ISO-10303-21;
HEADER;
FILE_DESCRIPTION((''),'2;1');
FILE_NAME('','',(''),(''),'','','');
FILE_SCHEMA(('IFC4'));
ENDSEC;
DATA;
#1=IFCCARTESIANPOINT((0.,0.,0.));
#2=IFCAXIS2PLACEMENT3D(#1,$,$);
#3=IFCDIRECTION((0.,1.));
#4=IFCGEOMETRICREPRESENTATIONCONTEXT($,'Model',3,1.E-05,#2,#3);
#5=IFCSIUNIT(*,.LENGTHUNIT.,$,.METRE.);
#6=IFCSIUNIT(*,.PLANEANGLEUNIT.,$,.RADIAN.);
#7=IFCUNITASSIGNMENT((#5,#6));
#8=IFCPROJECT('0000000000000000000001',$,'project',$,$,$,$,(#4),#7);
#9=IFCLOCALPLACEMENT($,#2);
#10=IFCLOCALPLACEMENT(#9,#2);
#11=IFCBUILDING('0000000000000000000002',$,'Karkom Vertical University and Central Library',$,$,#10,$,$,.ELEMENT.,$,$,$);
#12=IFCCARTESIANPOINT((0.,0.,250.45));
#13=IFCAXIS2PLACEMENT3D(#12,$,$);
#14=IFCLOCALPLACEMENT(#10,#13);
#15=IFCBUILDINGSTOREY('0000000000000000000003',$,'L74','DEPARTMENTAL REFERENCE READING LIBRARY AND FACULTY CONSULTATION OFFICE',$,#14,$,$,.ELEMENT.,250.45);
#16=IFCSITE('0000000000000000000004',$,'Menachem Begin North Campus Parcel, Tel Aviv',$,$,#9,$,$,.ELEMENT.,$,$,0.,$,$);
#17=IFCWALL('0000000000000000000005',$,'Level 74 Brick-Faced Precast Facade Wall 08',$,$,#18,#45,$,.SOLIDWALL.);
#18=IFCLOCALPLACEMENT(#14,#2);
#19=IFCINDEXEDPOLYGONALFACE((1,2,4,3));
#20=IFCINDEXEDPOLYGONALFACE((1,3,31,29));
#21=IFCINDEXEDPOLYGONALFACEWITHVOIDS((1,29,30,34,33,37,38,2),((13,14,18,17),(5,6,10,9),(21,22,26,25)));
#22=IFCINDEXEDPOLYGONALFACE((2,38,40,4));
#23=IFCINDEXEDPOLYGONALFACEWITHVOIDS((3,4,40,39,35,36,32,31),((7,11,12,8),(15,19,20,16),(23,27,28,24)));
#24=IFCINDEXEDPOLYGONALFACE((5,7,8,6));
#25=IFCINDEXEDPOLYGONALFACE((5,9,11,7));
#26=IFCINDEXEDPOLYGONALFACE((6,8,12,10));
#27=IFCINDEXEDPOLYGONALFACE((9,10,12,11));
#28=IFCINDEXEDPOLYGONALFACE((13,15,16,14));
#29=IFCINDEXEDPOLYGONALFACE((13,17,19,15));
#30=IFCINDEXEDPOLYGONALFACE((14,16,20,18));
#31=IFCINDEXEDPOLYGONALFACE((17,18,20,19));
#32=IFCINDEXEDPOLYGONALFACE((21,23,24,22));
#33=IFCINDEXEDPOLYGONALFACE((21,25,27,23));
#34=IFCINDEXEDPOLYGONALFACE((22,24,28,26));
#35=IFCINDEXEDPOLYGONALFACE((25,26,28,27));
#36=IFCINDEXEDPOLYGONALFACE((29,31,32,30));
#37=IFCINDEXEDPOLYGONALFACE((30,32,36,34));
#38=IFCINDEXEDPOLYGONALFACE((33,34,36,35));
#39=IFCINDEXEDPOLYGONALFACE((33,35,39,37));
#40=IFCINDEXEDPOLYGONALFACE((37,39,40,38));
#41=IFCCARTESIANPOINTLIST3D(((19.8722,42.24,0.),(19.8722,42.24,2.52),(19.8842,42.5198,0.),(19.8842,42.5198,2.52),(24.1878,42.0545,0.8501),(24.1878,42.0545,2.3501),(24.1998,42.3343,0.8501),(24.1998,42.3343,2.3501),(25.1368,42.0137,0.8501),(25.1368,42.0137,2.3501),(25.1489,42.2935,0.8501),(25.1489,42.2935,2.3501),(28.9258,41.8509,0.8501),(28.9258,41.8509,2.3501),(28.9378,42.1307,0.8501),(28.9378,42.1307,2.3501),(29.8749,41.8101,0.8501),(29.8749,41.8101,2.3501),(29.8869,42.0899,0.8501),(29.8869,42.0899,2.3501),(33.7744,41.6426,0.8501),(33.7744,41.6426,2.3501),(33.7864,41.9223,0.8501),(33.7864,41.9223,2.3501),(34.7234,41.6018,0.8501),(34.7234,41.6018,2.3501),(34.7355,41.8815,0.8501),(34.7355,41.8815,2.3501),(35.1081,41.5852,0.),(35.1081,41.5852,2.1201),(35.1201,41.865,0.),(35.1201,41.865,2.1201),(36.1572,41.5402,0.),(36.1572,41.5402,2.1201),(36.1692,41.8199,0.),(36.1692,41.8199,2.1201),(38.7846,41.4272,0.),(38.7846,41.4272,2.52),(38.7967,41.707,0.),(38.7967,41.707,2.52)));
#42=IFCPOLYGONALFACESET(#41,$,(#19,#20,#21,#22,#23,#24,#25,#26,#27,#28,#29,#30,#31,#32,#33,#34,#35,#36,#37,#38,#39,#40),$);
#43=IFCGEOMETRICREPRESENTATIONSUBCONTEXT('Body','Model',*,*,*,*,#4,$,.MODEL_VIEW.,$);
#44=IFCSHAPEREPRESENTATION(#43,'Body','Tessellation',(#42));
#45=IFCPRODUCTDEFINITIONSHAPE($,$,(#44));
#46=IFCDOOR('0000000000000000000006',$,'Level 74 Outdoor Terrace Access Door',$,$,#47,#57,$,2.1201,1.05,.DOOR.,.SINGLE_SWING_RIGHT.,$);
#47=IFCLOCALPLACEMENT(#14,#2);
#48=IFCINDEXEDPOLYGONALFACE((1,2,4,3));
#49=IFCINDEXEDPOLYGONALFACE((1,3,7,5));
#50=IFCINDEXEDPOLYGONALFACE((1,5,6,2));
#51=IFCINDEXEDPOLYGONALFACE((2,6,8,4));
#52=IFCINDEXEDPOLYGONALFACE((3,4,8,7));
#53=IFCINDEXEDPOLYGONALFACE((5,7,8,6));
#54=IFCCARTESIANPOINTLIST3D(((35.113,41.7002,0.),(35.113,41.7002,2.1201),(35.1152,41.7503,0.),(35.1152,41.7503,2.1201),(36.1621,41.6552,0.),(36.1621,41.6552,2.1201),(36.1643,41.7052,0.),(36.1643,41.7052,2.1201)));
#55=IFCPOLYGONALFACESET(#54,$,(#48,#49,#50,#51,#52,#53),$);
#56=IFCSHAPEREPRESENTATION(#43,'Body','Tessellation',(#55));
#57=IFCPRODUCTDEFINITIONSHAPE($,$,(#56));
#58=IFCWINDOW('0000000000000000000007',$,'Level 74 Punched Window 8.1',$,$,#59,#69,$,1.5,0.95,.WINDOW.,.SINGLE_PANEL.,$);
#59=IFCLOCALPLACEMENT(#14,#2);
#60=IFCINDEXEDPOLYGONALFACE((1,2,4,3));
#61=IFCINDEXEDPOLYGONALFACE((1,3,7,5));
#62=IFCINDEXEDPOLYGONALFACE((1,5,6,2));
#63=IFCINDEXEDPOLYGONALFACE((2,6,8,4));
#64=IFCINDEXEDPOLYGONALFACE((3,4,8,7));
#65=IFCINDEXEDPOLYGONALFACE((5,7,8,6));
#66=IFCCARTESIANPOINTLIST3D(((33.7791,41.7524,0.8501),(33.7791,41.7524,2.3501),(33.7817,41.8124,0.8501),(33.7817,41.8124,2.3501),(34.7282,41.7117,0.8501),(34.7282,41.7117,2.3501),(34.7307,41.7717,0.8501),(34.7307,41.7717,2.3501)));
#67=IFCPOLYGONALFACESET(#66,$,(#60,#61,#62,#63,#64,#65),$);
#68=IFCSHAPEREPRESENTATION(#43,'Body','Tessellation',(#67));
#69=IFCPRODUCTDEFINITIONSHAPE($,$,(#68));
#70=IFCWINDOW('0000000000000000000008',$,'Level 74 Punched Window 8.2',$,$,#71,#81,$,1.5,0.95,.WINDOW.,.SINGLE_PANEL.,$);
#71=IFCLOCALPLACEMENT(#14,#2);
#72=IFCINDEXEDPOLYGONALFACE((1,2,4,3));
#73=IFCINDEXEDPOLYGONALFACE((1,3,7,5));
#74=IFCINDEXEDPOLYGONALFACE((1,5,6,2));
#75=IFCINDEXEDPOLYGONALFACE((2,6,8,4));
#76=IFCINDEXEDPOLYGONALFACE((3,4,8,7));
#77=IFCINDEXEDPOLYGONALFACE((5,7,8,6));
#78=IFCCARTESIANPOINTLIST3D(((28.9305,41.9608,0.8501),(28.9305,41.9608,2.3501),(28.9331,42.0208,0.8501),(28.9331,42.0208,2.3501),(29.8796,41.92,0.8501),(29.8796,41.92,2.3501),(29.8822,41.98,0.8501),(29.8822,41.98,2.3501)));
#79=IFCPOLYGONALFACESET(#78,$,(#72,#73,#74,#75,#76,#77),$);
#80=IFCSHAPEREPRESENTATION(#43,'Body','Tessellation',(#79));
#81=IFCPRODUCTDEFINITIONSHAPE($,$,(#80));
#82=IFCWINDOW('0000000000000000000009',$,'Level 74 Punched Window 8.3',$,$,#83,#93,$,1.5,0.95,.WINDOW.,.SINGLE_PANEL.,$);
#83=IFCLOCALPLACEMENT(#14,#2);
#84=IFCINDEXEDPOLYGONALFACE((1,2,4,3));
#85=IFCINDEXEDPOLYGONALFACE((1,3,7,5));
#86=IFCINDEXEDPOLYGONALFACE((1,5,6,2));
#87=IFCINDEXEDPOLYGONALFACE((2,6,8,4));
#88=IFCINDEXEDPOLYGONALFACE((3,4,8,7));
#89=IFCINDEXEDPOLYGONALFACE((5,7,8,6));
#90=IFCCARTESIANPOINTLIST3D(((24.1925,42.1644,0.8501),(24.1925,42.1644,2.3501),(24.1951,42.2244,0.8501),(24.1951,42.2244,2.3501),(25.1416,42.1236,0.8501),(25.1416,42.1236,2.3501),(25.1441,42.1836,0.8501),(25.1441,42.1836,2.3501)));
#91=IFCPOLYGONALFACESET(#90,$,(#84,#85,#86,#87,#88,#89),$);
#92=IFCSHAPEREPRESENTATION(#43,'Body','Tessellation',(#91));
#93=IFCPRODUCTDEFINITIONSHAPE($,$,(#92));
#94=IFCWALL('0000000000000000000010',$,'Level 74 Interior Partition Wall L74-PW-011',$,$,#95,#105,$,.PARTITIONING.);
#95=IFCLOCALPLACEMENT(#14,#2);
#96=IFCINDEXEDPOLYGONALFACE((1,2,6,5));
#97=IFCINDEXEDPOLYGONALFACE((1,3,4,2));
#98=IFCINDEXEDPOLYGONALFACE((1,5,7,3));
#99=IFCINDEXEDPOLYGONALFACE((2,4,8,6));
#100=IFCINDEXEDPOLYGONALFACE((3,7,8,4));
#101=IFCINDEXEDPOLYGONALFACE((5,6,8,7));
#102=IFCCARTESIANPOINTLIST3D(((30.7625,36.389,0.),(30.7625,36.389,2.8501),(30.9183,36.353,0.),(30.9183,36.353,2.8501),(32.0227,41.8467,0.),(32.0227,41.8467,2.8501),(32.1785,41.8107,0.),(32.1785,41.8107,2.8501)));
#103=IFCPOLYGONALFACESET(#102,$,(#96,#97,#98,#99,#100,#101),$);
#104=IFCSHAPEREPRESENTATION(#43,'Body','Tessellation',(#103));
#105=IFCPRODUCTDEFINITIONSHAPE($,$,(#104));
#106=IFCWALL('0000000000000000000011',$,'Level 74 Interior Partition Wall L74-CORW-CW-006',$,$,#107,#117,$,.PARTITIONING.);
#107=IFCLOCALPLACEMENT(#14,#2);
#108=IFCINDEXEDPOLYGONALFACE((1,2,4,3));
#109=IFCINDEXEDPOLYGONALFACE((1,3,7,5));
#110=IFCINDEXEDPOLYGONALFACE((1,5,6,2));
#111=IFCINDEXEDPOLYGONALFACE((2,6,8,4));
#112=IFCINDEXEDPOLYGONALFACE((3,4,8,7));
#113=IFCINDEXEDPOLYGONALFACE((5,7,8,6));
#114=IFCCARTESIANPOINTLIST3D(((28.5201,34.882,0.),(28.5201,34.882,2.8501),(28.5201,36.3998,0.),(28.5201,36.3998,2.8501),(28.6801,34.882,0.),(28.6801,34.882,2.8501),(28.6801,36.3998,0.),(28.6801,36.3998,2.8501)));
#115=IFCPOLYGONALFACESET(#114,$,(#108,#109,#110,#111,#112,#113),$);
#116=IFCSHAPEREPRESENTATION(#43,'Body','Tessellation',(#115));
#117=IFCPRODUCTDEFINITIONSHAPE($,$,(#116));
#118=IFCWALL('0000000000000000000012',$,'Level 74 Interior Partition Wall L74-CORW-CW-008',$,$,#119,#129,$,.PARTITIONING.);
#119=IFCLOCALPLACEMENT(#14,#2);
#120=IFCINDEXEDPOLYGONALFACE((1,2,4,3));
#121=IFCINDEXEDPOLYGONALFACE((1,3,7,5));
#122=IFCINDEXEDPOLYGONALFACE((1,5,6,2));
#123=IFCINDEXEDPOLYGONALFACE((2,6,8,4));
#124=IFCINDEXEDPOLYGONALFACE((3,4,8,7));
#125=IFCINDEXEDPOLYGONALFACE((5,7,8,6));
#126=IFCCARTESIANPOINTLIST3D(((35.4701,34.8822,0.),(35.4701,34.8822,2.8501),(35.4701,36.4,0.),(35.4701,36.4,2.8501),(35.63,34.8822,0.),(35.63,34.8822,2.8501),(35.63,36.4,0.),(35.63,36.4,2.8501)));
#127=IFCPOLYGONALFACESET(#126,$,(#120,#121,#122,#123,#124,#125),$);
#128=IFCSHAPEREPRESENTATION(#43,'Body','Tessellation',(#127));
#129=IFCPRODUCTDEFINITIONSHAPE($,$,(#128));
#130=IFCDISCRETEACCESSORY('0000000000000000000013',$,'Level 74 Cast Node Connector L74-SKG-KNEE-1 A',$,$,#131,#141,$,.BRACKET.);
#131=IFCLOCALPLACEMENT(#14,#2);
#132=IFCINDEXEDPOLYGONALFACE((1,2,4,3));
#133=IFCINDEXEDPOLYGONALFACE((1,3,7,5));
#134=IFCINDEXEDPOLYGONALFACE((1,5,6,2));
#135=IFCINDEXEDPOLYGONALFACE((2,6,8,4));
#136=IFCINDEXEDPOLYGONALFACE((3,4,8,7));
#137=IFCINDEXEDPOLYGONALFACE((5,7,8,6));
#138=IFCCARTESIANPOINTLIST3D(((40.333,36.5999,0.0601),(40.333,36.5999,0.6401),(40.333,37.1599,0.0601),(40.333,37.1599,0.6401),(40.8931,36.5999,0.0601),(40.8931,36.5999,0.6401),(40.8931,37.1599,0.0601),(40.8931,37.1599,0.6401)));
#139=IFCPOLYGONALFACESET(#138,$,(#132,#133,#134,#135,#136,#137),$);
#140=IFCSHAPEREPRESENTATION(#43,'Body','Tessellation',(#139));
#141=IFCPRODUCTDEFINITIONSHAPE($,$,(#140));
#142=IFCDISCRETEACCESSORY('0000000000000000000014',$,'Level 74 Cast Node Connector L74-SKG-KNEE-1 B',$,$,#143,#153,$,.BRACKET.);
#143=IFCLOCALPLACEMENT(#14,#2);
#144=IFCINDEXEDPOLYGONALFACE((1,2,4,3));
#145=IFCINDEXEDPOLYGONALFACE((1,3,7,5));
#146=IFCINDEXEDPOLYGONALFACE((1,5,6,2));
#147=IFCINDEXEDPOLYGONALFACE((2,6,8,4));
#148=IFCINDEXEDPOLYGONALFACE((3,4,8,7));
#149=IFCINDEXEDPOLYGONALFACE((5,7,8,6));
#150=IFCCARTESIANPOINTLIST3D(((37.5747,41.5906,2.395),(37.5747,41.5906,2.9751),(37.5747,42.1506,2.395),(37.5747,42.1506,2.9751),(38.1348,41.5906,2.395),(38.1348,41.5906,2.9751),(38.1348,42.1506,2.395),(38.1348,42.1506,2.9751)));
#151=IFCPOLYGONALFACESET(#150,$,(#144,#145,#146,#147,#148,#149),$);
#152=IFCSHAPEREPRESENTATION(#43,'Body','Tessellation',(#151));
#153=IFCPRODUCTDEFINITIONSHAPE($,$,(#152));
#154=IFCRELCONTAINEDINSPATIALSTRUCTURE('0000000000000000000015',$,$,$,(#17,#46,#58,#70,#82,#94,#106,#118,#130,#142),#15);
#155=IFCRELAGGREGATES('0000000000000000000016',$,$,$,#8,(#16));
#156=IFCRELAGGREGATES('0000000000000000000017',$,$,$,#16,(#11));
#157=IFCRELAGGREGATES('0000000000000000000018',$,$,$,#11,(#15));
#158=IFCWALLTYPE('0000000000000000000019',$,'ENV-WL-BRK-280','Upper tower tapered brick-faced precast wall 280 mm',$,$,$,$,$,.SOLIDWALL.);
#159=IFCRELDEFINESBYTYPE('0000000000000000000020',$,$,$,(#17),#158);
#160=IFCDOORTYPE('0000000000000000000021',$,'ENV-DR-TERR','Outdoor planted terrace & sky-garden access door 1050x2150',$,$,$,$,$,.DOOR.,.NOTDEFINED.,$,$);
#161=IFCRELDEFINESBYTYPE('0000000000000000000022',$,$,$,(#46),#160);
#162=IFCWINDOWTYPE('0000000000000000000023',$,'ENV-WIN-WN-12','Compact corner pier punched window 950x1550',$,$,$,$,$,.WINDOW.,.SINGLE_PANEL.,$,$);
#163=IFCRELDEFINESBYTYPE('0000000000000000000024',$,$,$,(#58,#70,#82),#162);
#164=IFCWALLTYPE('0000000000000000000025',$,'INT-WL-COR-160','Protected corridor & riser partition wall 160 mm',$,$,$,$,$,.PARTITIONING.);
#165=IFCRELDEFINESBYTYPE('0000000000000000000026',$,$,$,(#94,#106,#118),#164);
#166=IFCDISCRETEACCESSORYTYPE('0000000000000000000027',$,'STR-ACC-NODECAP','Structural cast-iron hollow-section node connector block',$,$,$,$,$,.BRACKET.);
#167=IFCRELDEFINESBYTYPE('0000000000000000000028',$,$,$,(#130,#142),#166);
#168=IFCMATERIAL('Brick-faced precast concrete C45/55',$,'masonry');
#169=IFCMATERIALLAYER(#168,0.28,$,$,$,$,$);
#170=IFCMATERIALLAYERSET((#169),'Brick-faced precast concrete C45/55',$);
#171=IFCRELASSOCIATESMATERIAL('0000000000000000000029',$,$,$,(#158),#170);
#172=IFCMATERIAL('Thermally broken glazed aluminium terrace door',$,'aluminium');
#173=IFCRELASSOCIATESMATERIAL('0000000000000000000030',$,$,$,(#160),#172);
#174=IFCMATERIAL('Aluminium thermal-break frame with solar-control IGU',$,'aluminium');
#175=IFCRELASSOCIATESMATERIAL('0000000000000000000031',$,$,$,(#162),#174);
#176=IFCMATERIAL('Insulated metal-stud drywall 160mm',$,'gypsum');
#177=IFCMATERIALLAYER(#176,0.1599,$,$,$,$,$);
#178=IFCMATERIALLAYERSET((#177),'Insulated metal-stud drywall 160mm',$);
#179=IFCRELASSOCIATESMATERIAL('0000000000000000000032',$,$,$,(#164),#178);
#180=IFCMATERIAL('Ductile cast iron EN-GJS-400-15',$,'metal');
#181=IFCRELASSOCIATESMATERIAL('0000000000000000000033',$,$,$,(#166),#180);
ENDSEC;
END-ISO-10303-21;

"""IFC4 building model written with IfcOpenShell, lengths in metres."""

from ifc_helpers import new_model, si_unit, direction, frame, frame_2d, origin, origin_with_axes, origin_2d, place, context, subcontext, project, spatial, rectangle, extrude, source, transform, mapped, material, layer, layer_set, type_object, element, fill, save


model = new_model("IFC4")

# Units and contexts
model_context = context("Model", 3, precision=1e-05, world=origin(), true_north=direction((0.0, 1.0)))
body_context = subcontext(model_context, "Body", "Model", "MODEL_VIEW")
ifc_project = project(units=[si_unit("LENGTHUNIT", "METRE"), si_unit("PLANEANGLEUNIT", "RADIAN")], contexts=[model_context])

# Site, building, storey
site_placement = place(None, origin())
site = spatial("IfcSite", under=ifc_project, at=site_placement, Name="Menachem Begin North Campus Parcel, Tel Aviv", CompositionType="ELEMENT", RefElevation=0.0)
building_placement = place(site_placement, origin())
building = spatial("IfcBuilding", under=site, at=building_placement, Name="Karkom Vertical University and Central Library", CompositionType="ELEMENT")
storey_placement = place(building_placement, frame((0.0, 0.0, 250.45)))
storey = spatial("IfcBuildingStorey", under=building, at=storey_placement, Name="L74", Description="DEPARTMENTAL REFERENCE READING LIBRARY AND FACULTY CONSULTATION OFFICE", CompositionType="ELEMENT", Elevation=250.45)

# Shared definitions
ifc_material_1 = material(Name="Brick-faced precast concrete C45/55", Category="masonry")
ifc_layer_1 = layer(ifc_material_1, 0.28)
ifc_layer_set_1 = layer_set([ifc_layer_1], Name="Brick-faced precast concrete C45/55")
wall_type_1 = type_object("IfcWallType", Name="ENV-WL-BRK-280", Description="Upper tower tapered brick-faced precast wall 280 mm", PredefinedType="SOLIDWALL", material=ifc_layer_set_1)

# Wall, openings, door, windows
wall_1_placement = place(storey_placement, frame((38.7905, 41.5671, 0.0), z_axis=(0.0, 0.0, 1.0), x_axis=(-0.999078, 0.042934, 0.0)))
wall_1 = element("IfcWall", 1, at=wall_1_placement, inside=storey, type_object=wall_type_1, Name="Level 74 Brick-Faced Precast Facade Wall 08", PredefinedType="SOLIDWALL", context=body_context, shape_type="SweptSolid", body=[
    extrude(rectangle(XDim=18.9299, YDim=0.28, at=frame_2d((9.4648, 0.0))), origin(), (0.0, 0.0, 1.0), 2.52),
])
opening_1_placement = place(wall_1_placement, frame((4.0647, 0.0, 0.8501)))
opening_1 = element("IfcOpeningElement", 2, at=opening_1_placement, cuts=wall_1, PredefinedType="OPENING", context=body_context, shape_type="SweptSolid", body=[
    extrude(rectangle(XDim=0.95, YDim=1.5, at=frame_2d((0.4751, 0.75))), frame((0.0, 0.1499, 0.0), z_axis=(0.0, -1.0, 0.0), x_axis=(1.0, 0.0, 0.0)), (0.0, 0.0, 1.0), 0.3),
])
opening_2_placement = place(wall_1_placement, frame((8.9177, 0.0, 0.8501)))
opening_2 = element("IfcOpeningElement", 3, at=opening_2_placement, cuts=wall_1, PredefinedType="OPENING", context=body_context, shape_type="SweptSolid", body=[
    extrude(rectangle(XDim=0.95, YDim=1.5, at=frame_2d((0.4751, 0.75))), frame((0.0, 0.1499, 0.0), z_axis=(0.0, -1.0, 0.0), x_axis=(1.0, 0.0, 0.0)), (0.0, 0.0, 1.0), 0.3),
])
opening_3_placement = place(wall_1_placement, frame((13.6602, 0.0, 0.8501)))
opening_3 = element("IfcOpeningElement", 4, at=opening_3_placement, cuts=wall_1, PredefinedType="OPENING", context=body_context, shape_type="SweptSolid", body=[
    extrude(rectangle(XDim=0.95, YDim=1.5, at=frame_2d((0.4751, 0.75))), frame((0.0, 0.1499, 0.0), z_axis=(0.0, -1.0, 0.0), x_axis=(1.0, 0.0, 0.0)), (0.0, 0.0, 1.0), 0.3),
])
opening_4_placement = place(wall_1_placement, frame((2.6299, 0.0, 0.0)))
opening_4 = element("IfcOpeningElement", 5, at=opening_4_placement, cuts=wall_1, PredefinedType="OPENING", context=body_context, shape_type="SweptSolid", body=[
    extrude(rectangle(XDim=1.05, YDim=2.1201, at=frame_2d((0.5249, 1.0601))), frame((0.0, 0.1499, 0.0), z_axis=(0.0, -1.0, 0.0), x_axis=(1.0, 0.0, 0.0)), (0.0, 0.0, 1.0), 0.3),
])
ifc_material_2 = material(Name="Thermally broken glazed aluminium terrace door", Category="aluminium")
door_type_1 = type_object("IfcDoorType", Name="ENV-DR-TERR", Description="Outdoor planted terrace & sky-garden access door 1050x2150", OperationType="NOTDEFINED", PredefinedType="DOOR", material=ifc_material_2)
shared_shape_1 = source(origin_with_axes(), body_context, "Body", "SweptSolid", [
    extrude(rectangle(XDim=1.05, YDim=2.1201, at=frame_2d((0.5249, 1.0601))), frame((0.0, 0.0249, 0.0), z_axis=(0.0, -1.0, 0.0), x_axis=(1.0, 0.0, 0.0)), (0.0, 0.0, 1.0), 0.05),
])
door_1_placement = place(opening_4_placement, origin())
door_1 = element("IfcDoor", 6, at=door_1_placement, inside=storey, type_object=door_type_1, Name="Level 74 Outdoor Terrace Access Door", OperationType="SINGLE_SWING_RIGHT", OverallHeight=2.1201, OverallWidth=1.05, PredefinedType="DOOR", context=body_context, shape_type="MappedRepresentation", body=[
    mapped(shared_shape_1, transform((0.0, 0.0, 0.0), scale=1.0)),
])
fill(opening_4, door_1)
ifc_material_3 = material(Name="Aluminium thermal-break frame with solar-control IGU", Category="aluminium")
window_type = type_object("IfcWindowType", Name="ENV-WIN-WN-12", Description="Compact corner pier punched window 950x1550", PartitioningType="SINGLE_PANEL", PredefinedType="WINDOW", material=ifc_material_3)
shared_shape_2 = source(origin_with_axes(), body_context, "Body", "SweptSolid", [
    extrude(rectangle(XDim=0.95, YDim=1.5, at=frame_2d((0.4751, 0.75))), frame((0.0, 0.03, 0.0), z_axis=(0.0, -1.0, 0.0), x_axis=(1.0, 0.0, 0.0)), (0.0, 0.0, 1.0), 0.0601),
])
window_1_placement = place(opening_1_placement, origin())
window_1 = element("IfcWindow", 7, at=window_1_placement, inside=storey, type_object=window_type, Name="Level 74 Punched Window 8.1", OverallHeight=1.5, OverallWidth=0.95, PartitioningType="SINGLE_PANEL", PredefinedType="WINDOW", context=body_context, shape_type="MappedRepresentation", body=[
    mapped(shared_shape_2, transform((0.0, 0.0, 0.0), scale=1.0)),
])
fill(opening_1, window_1)
window_2_placement = place(opening_2_placement, origin())
window_2 = element("IfcWindow", 8, at=window_2_placement, inside=storey, type_object=window_type, Name="Level 74 Punched Window 8.2", OverallHeight=1.5, OverallWidth=0.95, PartitioningType="SINGLE_PANEL", PredefinedType="WINDOW", context=body_context, shape_type="MappedRepresentation", body=[
    mapped(shared_shape_2, transform((0.0, 0.0, 0.0), scale=1.0)),
])
fill(opening_2, window_2)
window_3_placement = place(opening_3_placement, origin())
window_3 = element("IfcWindow", 9, at=window_3_placement, inside=storey, type_object=window_type, Name="Level 74 Punched Window 8.3", OverallHeight=1.5, OverallWidth=0.95, PartitioningType="SINGLE_PANEL", PredefinedType="WINDOW", context=body_context, shape_type="MappedRepresentation", body=[
    mapped(shared_shape_2, transform((0.0, 0.0, 0.0), scale=1.0)),
])
fill(opening_3, window_3)

# Shared definitions
ifc_material_4 = material(Name="Insulated metal-stud drywall 160mm", Category="gypsum")
ifc_layer_2 = layer(ifc_material_4, 0.1599)
ifc_layer_set_2 = layer_set([ifc_layer_2], Name="Insulated metal-stud drywall 160mm")
wall_type_2 = type_object("IfcWallType", Name="INT-WL-COR-160", Description="Protected corridor & riser partition wall 160 mm", PredefinedType="PARTITIONING", material=ifc_layer_set_2)

# Walls
wall_2_placement = place(storey_placement, frame((30.8403, 36.3708, 0.0), z_axis=(0.0, 0.0, 1.0), x_axis=(0.22499, 0.974361, 0.0)))
element("IfcWall", 10, at=wall_2_placement, inside=storey, type_object=wall_type_2, Name="Level 74 Interior Partition Wall L74-PW-011", PredefinedType="PARTITIONING", context=body_context, shape_type="SweptSolid", body=[
    extrude(rectangle(XDim=5.6013, YDim=0.1599, at=frame_2d((2.8008, 0.0))), origin(), (0.0, 0.0, 1.0), 2.8501),
])
for number, where, z_axis, x_axis, name in (
    (11, (28.6001, 34.8821, 0.0), (0.0, 0.0, 1.0), (0.0, 1.0, 0.0), "Level 74 Interior Partition Wall L74-CORW-CW-006"),
    (12, (35.55, 36.3999, 0.0), (0.0, 0.0, 1.0), (0.0, -1.0, 0.0), "Level 74 Interior Partition Wall L74-CORW-CW-008"),
):
    element("IfcWall", number, at=place(storey_placement, frame(where, z_axis=z_axis, x_axis=x_axis)), inside=storey, type_object=wall_type_2, Name=name, PredefinedType="PARTITIONING", context=body_context, shape_type="SweptSolid", body=[
        extrude(rectangle(XDim=1.5178, YDim=0.1599, at=frame_2d((0.7588, 0.0))), origin(), (0.0, 0.0, 1.0), 2.8501),
    ])

# Discrete accessories
ifc_material_5 = material(Name="Ductile cast iron EN-GJS-400-15", Category="metal")
discrete_accessory_type = type_object("IfcDiscreteAccessoryType", Name="STR-ACC-NODECAP", Description="Structural cast-iron hollow-section node connector block", PredefinedType="BRACKET", material=ifc_material_5)
shared_shape_3 = source(origin_with_axes(), body_context, "Body", "SweptSolid", [
    extrude(rectangle(XDim=0.5601, YDim=0.5601, at=origin_2d()), origin(), (0.0, 0.0, 1.0), 0.5801),
])
for number, where, z_axis, x_axis, name in (
    (13, (40.613, 36.8799, 0.0601), (0.0, 0.0, 1.0), (1.0, 0.0, 0.0), "Level 74 Cast Node Connector L74-SKG-KNEE-1 A"),
    (14, (37.8547, 41.8706, 2.395), (0.0, 0.0, 1.0), (1.0, 0.0, 0.0), "Level 74 Cast Node Connector L74-SKG-KNEE-1 B"),
):
    element("IfcDiscreteAccessory", number, at=place(storey_placement, frame(where, z_axis=z_axis, x_axis=x_axis)), inside=storey, type_object=discrete_accessory_type, Name=name, PredefinedType="BRACKET", context=body_context, shape_type="MappedRepresentation", body=[
        mapped(shared_shape_3, transform((0.0, 0.0, 0.0), scale=1.0)),
    ])

save(model, "model.ifc")
